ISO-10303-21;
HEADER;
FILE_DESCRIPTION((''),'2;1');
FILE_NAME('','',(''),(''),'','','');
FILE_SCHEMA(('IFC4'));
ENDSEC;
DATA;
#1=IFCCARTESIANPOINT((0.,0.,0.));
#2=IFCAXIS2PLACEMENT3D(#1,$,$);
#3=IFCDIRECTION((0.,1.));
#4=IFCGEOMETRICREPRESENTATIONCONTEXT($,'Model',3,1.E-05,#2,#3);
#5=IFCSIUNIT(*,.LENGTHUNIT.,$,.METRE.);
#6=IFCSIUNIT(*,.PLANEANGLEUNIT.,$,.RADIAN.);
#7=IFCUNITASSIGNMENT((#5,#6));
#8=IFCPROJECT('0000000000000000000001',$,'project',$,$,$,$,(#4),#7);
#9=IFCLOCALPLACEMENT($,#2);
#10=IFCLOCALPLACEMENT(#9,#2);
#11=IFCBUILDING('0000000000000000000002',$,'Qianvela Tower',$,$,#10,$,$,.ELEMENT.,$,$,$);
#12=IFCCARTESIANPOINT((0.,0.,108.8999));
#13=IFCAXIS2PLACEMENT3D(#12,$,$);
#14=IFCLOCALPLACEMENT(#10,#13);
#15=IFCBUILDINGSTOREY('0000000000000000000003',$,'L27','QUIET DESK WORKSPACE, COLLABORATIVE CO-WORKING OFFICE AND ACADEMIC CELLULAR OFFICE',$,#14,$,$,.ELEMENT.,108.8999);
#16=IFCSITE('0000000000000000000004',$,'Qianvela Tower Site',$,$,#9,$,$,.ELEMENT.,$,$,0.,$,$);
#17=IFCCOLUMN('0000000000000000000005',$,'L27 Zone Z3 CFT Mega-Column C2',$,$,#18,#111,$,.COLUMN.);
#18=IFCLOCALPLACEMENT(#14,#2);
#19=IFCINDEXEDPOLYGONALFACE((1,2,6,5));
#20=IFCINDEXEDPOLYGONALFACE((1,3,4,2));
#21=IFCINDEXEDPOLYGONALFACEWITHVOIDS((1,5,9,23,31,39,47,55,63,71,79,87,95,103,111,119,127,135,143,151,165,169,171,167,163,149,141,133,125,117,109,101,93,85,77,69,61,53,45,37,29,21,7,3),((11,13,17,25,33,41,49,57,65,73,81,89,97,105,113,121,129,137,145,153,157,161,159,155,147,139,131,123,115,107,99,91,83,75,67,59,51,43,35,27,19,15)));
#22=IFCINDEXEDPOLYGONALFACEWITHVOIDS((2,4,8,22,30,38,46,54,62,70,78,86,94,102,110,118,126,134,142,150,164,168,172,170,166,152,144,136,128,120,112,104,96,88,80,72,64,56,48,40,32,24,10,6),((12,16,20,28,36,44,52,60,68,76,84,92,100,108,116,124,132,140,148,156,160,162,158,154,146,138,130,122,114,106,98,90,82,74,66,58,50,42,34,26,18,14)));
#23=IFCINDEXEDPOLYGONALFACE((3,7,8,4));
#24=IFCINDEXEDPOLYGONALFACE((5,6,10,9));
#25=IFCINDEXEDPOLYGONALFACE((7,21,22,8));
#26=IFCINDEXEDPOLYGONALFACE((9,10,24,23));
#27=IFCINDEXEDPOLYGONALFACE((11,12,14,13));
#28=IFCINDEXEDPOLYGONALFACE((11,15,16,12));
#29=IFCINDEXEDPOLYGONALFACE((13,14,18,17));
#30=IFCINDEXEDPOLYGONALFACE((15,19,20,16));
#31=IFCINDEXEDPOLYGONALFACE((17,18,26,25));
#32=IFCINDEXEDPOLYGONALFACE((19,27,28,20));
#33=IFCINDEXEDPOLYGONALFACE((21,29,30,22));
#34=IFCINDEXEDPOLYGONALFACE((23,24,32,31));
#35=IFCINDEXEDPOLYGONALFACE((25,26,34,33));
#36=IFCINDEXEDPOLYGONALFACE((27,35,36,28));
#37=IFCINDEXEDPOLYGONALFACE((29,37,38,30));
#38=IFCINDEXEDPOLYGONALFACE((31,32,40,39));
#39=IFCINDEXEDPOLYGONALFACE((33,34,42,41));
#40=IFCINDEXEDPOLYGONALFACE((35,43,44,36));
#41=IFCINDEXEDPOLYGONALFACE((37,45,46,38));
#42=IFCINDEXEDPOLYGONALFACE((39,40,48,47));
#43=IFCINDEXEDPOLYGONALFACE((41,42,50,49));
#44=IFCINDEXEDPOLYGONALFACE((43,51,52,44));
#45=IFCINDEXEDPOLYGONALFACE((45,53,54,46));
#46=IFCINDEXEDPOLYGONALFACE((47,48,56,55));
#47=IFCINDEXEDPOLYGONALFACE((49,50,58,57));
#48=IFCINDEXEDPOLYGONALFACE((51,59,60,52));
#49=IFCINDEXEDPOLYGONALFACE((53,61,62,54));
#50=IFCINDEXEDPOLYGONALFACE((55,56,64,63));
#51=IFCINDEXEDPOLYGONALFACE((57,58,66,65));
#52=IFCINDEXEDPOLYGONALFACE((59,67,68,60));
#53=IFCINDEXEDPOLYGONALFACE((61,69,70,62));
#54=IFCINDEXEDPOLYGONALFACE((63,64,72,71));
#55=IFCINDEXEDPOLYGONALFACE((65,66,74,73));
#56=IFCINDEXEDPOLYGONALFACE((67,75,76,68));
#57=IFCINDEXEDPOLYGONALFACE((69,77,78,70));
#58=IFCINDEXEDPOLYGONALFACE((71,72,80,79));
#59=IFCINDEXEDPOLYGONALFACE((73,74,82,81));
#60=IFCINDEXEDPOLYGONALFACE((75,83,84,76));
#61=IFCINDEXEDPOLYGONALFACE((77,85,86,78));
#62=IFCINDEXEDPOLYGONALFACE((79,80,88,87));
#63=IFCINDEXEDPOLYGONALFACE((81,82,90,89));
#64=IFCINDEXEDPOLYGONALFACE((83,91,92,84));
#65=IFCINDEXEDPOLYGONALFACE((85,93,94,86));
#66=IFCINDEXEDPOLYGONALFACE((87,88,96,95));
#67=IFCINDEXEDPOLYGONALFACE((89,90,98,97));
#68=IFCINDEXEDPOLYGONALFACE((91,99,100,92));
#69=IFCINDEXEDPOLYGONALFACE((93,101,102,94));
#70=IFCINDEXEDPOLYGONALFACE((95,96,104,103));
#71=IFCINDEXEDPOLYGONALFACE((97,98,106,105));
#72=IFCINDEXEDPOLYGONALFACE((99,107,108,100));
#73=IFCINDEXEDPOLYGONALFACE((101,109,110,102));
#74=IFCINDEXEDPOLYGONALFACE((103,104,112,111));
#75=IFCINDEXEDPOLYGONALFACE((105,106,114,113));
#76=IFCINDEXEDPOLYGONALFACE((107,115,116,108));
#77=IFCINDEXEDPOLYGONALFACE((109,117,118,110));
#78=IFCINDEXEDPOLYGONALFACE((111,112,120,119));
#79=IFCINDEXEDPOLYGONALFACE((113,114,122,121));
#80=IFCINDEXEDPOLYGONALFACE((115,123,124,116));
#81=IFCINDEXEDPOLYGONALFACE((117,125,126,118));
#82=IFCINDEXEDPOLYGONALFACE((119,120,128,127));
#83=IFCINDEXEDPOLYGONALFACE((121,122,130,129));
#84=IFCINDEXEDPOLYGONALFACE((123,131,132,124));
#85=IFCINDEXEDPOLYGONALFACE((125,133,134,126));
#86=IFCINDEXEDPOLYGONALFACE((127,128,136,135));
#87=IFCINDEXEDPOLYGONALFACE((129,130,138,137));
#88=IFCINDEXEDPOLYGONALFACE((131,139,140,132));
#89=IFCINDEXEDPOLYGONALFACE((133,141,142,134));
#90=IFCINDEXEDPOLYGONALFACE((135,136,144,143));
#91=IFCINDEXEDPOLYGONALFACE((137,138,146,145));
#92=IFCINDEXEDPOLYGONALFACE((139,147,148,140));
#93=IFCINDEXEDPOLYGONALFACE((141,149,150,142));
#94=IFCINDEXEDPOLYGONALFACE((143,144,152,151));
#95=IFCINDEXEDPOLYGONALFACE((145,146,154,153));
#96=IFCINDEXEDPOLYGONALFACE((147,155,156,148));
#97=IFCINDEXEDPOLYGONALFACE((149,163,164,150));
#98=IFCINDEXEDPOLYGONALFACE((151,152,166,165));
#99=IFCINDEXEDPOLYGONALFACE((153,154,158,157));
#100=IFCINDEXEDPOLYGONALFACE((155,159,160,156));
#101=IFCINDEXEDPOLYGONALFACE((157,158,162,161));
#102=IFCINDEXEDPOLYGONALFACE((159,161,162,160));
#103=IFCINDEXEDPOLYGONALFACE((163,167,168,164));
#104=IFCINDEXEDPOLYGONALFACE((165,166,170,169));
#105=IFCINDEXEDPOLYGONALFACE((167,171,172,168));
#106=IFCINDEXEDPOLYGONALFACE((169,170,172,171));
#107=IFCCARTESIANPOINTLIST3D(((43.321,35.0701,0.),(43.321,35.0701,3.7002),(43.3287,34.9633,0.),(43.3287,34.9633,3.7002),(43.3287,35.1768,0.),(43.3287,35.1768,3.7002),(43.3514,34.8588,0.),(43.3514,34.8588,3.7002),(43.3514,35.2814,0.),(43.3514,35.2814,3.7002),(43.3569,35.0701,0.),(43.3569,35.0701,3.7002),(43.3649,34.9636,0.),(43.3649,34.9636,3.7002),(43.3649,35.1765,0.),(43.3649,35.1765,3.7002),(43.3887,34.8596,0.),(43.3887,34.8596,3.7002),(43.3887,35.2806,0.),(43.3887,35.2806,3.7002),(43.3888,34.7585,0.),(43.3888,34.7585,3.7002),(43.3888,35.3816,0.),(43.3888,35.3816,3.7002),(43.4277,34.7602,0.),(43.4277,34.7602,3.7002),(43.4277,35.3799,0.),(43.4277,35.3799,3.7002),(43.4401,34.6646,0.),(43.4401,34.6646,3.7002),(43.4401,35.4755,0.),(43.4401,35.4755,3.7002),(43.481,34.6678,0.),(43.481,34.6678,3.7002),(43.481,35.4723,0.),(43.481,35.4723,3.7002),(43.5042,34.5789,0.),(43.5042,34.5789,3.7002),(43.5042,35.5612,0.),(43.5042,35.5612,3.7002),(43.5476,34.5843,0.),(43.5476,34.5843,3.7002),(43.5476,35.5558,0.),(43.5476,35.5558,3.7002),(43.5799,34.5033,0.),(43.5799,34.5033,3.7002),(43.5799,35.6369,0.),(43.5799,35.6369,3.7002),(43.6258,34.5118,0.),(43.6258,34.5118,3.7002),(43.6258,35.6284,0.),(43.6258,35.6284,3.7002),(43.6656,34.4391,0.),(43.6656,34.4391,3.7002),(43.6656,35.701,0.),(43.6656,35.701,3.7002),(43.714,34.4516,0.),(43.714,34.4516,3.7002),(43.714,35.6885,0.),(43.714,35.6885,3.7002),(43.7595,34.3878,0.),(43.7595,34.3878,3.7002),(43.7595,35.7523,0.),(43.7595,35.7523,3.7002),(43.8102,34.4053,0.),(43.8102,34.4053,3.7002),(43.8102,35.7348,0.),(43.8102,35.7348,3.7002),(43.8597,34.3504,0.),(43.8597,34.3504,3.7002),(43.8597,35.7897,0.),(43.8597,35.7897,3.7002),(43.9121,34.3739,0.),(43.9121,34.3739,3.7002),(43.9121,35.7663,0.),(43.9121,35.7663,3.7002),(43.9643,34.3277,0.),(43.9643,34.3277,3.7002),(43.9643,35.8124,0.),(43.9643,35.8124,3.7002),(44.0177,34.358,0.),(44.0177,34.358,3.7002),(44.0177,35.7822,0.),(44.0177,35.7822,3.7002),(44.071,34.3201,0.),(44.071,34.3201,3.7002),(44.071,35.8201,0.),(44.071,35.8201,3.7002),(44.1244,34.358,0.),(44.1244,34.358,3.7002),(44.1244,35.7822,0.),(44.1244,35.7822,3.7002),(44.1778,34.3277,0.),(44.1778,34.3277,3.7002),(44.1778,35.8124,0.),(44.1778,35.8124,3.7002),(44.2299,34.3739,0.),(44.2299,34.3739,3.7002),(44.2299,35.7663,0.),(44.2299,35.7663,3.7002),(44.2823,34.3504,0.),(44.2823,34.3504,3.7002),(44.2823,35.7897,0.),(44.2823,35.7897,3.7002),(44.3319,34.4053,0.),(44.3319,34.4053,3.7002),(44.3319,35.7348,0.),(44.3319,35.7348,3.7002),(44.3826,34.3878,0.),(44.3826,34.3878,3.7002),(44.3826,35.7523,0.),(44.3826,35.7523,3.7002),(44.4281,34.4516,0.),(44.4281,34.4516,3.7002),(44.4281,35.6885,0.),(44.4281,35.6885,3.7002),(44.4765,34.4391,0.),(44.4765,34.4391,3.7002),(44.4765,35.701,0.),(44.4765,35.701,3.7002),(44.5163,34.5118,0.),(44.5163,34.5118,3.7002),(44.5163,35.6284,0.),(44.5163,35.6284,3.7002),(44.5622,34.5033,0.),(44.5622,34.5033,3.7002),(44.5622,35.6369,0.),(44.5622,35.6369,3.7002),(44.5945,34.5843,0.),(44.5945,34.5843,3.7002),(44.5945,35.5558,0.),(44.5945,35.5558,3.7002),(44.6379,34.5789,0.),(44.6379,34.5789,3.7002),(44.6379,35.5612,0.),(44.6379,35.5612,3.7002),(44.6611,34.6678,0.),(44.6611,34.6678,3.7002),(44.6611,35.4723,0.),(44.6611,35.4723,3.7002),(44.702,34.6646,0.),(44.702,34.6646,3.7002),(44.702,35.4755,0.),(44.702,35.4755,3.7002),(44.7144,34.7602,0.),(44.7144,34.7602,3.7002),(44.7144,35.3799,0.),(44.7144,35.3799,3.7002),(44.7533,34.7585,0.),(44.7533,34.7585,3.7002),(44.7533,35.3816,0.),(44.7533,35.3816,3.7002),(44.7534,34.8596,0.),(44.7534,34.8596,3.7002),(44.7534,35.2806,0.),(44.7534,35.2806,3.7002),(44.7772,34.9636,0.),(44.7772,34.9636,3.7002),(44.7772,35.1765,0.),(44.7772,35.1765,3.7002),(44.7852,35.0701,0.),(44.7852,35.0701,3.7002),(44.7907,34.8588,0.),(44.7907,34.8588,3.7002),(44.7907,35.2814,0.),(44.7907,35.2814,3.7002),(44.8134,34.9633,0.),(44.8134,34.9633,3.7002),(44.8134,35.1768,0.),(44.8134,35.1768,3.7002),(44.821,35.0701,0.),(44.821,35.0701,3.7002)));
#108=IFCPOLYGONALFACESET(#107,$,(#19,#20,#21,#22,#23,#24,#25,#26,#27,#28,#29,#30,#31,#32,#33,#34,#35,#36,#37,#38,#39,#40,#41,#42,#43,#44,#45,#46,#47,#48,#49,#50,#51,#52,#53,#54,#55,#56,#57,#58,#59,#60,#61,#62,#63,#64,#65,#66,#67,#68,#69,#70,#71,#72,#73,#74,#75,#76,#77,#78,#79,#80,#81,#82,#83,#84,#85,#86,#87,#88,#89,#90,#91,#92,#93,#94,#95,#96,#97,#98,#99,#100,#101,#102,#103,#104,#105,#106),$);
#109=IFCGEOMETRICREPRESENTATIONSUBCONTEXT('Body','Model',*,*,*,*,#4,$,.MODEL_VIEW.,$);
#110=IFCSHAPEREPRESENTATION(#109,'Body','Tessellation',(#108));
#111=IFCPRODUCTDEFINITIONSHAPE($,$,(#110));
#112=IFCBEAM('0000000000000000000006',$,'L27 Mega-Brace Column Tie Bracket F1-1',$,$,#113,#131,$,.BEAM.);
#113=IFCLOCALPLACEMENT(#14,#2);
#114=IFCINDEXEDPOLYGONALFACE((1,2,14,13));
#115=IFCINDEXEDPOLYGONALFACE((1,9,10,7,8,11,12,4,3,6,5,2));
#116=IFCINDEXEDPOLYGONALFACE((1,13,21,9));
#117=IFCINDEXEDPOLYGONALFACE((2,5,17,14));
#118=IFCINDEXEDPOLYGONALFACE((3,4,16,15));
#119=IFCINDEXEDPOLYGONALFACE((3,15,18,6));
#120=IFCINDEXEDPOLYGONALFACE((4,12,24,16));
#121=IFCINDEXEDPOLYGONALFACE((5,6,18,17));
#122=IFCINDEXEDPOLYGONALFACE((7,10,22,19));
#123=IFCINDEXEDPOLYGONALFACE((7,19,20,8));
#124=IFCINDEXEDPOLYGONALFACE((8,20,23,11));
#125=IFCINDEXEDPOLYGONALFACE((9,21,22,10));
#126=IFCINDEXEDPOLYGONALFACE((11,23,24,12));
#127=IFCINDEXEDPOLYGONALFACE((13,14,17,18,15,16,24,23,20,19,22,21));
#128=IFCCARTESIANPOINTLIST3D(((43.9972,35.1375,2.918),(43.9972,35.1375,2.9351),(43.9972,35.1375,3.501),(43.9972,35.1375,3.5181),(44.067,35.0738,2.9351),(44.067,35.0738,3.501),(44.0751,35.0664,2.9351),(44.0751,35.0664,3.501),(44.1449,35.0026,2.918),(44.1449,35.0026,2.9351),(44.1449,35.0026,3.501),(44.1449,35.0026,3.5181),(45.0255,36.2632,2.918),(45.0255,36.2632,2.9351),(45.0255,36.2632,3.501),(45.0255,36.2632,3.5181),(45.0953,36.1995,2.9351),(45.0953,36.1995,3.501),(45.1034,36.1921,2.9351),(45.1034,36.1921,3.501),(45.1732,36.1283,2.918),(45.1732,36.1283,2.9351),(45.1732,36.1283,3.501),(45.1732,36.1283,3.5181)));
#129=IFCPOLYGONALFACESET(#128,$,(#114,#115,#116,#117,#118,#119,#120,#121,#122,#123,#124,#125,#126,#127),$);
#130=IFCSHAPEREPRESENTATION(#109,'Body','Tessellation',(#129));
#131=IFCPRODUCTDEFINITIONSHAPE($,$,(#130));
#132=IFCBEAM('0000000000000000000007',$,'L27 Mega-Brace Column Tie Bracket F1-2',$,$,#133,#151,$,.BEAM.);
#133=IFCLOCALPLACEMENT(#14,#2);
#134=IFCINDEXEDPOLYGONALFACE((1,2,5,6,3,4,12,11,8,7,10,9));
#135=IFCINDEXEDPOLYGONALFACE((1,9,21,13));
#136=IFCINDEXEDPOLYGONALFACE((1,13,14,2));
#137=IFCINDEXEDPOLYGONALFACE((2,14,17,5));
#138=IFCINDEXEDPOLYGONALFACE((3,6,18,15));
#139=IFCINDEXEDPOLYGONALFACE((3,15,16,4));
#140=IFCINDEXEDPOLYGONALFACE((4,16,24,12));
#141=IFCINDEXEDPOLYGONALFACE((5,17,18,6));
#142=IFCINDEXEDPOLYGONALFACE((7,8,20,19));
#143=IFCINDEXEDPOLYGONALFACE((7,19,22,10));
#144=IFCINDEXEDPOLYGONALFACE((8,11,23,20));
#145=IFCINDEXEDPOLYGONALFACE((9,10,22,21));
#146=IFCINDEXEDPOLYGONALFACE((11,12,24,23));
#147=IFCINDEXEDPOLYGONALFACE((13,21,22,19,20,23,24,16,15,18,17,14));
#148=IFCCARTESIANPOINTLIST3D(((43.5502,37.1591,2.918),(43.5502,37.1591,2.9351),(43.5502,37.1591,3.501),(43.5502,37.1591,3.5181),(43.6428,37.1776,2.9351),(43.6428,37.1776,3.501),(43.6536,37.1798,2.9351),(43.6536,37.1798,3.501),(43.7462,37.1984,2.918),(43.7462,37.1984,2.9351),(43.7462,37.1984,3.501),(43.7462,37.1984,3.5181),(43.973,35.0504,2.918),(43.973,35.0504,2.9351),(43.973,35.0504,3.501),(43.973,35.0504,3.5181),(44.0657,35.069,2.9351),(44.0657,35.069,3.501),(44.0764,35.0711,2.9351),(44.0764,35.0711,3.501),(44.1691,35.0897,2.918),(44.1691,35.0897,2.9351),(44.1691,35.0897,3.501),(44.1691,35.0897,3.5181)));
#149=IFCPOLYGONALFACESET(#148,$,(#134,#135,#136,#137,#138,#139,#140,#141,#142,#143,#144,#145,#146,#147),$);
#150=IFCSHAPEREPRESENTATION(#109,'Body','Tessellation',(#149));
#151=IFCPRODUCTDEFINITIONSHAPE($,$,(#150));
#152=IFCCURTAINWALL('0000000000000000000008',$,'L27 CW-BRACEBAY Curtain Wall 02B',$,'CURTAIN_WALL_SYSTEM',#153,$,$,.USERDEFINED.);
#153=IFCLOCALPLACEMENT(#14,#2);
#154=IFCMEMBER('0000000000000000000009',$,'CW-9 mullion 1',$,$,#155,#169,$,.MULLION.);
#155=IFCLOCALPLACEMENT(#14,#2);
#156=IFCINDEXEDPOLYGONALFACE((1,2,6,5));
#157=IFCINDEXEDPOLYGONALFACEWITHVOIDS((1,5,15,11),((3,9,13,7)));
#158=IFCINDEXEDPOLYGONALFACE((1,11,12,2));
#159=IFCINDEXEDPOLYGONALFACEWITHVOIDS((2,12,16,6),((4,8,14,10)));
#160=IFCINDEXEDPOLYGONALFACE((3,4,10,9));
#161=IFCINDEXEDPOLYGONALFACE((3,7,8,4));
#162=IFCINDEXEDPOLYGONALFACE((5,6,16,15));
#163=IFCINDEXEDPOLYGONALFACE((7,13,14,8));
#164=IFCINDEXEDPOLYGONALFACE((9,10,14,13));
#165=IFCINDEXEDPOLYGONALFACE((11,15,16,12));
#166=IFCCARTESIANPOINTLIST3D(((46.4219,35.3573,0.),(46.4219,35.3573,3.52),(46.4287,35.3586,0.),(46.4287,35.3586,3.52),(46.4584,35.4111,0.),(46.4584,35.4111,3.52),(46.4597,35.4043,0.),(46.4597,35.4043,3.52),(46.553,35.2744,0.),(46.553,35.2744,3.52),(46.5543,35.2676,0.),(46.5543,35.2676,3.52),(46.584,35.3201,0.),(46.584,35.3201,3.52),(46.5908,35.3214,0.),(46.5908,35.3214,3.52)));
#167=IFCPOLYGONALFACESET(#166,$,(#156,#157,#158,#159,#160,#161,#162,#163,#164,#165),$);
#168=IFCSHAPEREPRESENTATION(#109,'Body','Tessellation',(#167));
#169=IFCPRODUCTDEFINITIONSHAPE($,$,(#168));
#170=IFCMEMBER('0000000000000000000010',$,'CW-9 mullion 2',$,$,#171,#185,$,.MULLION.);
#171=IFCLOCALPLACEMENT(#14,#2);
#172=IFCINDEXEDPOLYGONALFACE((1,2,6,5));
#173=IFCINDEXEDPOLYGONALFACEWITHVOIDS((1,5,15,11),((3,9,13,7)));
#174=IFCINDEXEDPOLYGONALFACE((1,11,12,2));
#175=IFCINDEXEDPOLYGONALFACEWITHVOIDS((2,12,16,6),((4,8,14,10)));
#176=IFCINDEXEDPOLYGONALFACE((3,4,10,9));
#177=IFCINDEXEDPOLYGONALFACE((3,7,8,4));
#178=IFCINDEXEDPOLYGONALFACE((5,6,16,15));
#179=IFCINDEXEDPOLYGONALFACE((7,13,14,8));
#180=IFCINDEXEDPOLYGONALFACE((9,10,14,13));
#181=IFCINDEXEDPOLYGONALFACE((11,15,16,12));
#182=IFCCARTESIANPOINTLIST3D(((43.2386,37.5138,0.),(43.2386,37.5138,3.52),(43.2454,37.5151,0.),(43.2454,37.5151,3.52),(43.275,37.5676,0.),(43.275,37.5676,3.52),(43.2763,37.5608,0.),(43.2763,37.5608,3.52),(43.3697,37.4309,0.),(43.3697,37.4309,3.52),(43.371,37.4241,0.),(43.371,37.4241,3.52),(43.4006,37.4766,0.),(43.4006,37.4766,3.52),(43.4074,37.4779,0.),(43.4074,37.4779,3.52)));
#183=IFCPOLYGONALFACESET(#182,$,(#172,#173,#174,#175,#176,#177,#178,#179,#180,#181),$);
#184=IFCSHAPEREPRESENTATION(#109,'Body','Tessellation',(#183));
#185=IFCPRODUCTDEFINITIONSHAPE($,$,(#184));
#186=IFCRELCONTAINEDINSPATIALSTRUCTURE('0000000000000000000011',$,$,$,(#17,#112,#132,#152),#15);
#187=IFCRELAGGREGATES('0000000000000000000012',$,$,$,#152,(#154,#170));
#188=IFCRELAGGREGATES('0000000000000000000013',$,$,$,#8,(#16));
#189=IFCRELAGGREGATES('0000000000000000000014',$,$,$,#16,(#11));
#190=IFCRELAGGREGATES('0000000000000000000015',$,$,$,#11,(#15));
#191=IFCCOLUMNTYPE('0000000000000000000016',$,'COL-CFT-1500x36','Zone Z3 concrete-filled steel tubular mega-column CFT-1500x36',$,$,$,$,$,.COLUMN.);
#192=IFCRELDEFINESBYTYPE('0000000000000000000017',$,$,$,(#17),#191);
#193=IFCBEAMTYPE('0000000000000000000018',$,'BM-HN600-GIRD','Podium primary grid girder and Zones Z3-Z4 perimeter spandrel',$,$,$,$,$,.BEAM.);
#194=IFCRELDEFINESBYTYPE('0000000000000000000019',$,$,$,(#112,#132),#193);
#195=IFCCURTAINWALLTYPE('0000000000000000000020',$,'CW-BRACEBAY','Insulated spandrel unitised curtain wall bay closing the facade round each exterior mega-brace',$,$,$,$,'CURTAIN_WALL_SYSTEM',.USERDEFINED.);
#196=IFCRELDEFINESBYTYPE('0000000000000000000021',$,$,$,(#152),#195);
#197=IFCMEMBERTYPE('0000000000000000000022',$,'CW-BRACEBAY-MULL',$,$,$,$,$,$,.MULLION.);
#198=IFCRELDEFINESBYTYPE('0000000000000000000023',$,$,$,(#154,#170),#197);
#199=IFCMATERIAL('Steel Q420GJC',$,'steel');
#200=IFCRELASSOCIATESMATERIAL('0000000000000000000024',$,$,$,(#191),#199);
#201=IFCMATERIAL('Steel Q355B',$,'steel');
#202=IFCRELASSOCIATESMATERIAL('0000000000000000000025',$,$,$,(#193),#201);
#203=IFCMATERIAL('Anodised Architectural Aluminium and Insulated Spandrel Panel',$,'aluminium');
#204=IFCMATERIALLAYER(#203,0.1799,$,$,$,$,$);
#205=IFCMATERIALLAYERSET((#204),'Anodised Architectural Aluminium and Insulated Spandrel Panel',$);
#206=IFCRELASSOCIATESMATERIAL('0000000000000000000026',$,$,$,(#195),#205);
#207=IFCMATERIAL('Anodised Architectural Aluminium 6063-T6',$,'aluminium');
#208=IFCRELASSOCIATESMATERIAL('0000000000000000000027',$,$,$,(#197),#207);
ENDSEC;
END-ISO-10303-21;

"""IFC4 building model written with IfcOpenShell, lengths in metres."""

from ifc_helpers import new_model, si_unit, direction, frame, origin, origin_2d, place, context, subcontext, project, spatial, hollow_rectangle, hollow_circle, i_section, extrude, material, layer, layer_set, material_profile, profile_set, type_object, element, aggregate, save


model = new_model("IFC4")

# Units and contexts
model_context = context("Model", 3, precision=1e-05, world=origin(), true_north=direction((0.0, 1.0)))
body_context = subcontext(model_context, "Body", "Model", "MODEL_VIEW")
ifc_project = project(units=[si_unit("LENGTHUNIT", "METRE"), si_unit("PLANEANGLEUNIT", "RADIAN")], contexts=[model_context])

# Site, building, storey
site_placement = place(None, origin())
site = spatial("IfcSite", under=ifc_project, at=site_placement, Name="Qianvela Tower Site", CompositionType="ELEMENT", RefElevation=0.0)
building_placement = place(site_placement, origin())
building = spatial("IfcBuilding", under=site, at=building_placement, Name="Qianvela Tower", CompositionType="ELEMENT")
storey_placement = place(building_placement, frame((0.0, 0.0, 108.8999)))
storey = spatial("IfcBuildingStorey", under=building, at=storey_placement, Name="L27", Description="QUIET DESK WORKSPACE, COLLABORATIVE CO-WORKING OFFICE AND ACADEMIC CELLULAR OFFICE", CompositionType="ELEMENT", Elevation=108.8999)

# Column
ifc_material_1 = material(Name="Steel Q420GJC", Category="steel")
ifc_material_profile_1 = material_profile(ifc_material_1, hollow_circle(Radius=0.75, WallThickness=0.0359, at=origin_2d()), Name="CFT-1500x36")
ifc_profile_set_1 = profile_set([ifc_material_profile_1], Name="Steel Q420GJC")
column_type = type_object("IfcColumnType", Name="COL-CFT-1500x36", Description="Zone Z3 concrete-filled steel tubular mega-column CFT-1500x36", PredefinedType="COLUMN", material=ifc_profile_set_1)
column_placement = place(storey_placement, frame((44.071, 35.0701, 0.0), z_axis=(0.0, 0.0, 1.0), x_axis=(1.0, 0.0, 0.0)))
element("IfcColumn", 1, at=column_placement, inside=storey, type_object=column_type, Name="L27 Zone Z3 CFT Mega-Column C2", PredefinedType="COLUMN", context=body_context, shape_type="SweptSolid", body=[
    extrude(hollow_circle(Radius=0.75, WallThickness=0.0359, at=origin_2d()), origin(), (0.0, 0.0, 1.0), 3.7002),
])

# Beams
ifc_material_2 = material(Name="Steel Q355B", Category="steel")
ifc_material_profile_2 = material_profile(ifc_material_2, i_section(OverallWidth=0.2, OverallDepth=0.6001, WebThickness=0.011, FlangeThickness=0.0171, at=origin_2d()), Name="HN600x200x11x17")
ifc_profile_set_2 = profile_set([ifc_material_profile_2], Name="Steel Q355B")
beam_type = type_object("IfcBeamType", Name="BM-HN600-GIRD", Description="Podium primary grid girder and Zones Z3-Z4 perimeter spandrel", PredefinedType="BEAM", material=ifc_profile_set_2)
beam_1_placement = place(storey_placement, frame((44.071, 35.0701, 3.218), z_axis=(0.67444, 0.738329, 0.0), x_axis=(-0.738329, 0.67444, 0.0)))
element("IfcBeam", 2, at=beam_1_placement, inside=storey, type_object=beam_type, Name="L27 Mega-Brace Column Tie Bracket F1-1", PredefinedType="BEAM", context=body_context, shape_type="SweptSolid", body=[
    extrude(i_section(OverallWidth=0.2, OverallDepth=0.6001, WebThickness=0.011, FlangeThickness=0.0171, at=origin_2d()), origin(), (0.0, 0.0, 1.0), 1.5247),
])
beam_2_placement = place(storey_placement, frame((44.071, 35.0701, 3.218), z_axis=(-0.196618, 0.98048, 0.0), x_axis=(-0.98048, -0.196618, 0.0)))
element("IfcBeam", 3, at=beam_2_placement, inside=storey, type_object=beam_type, Name="L27 Mega-Brace Column Tie Bracket F1-2", PredefinedType="BEAM", context=body_context, shape_type="SweptSolid", body=[
    extrude(i_section(OverallWidth=0.2, OverallDepth=0.6001, WebThickness=0.011, FlangeThickness=0.0171, at=origin_2d()), origin(), (0.0, 0.0, 1.0), 2.1506),
])

# Curtain wall, members
ifc_material_3 = material(Name="Anodised Architectural Aluminium and Insulated Spandrel Panel", Category="aluminium")
ifc_layer_1 = layer(ifc_material_3, 0.1799)
ifc_layer_set_1 = layer_set([ifc_layer_1], Name="Anodised Architectural Aluminium and Insulated Spandrel Panel")
curtain_wall_type_1 = type_object("IfcCurtainWallType", Name="CW-BRACEBAY", Description="Insulated spandrel unitised curtain wall bay closing the facade round each exterior mega-brace", ElementType="CURTAIN_WALL_SYSTEM", PredefinedType="USERDEFINED", material=ifc_layer_set_1)
curtain_wall_1_placement = place(storey_placement, origin())
curtain_wall_1 = element("IfcCurtainWall", 4, at=curtain_wall_1_placement, inside=storey, type_object=curtain_wall_type_1, Name="L27 CW-BRACEBAY Curtain Wall 02B", ObjectType="CURTAIN_WALL_SYSTEM", PredefinedType="USERDEFINED")
ifc_material_4 = material(Name="Anodised Architectural Aluminium 6063-T6", Category="aluminium")
ifc_material_profile_3 = material_profile(ifc_material_4, hollow_rectangle(XDim=0.0649, YDim=0.1599, WallThickness=0.0049, at=origin_2d()), Name="ALU-MULL-65x160")
ifc_profile_set_3 = profile_set([ifc_material_profile_3], Name="Anodised Architectural Aluminium 6063-T6")
member_type_1 = type_object("IfcMemberType", Name="CW-BRACEBAY-MULL", PredefinedType="MULLION", material=ifc_profile_set_3)
member_1_placement = place(storey_placement, frame((46.5063, 35.3394, 0.0), z_axis=(0.0, 0.0, 1.0), x_axis=(-0.560811, -0.827944, 0.0)))
member_1 = element("IfcMember", 5, at=member_1_placement, type_object=member_type_1, Name="CW-9 mullion 1", PredefinedType="MULLION", context=body_context, shape_type="SweptSolid", body=[
    extrude(hollow_rectangle(XDim=0.0649, YDim=0.1599, WallThickness=0.0049, at=origin_2d()), origin(), (0.0, 0.0, 1.0), 3.52),
])
member_2_placement = place(storey_placement, frame((43.323, 37.4958, 0.0), z_axis=(0.0, 0.0, 1.0), x_axis=(-0.560811, -0.827944, 0.0)))
member_2 = element("IfcMember", 6, at=member_2_placement, type_object=member_type_1, Name="CW-9 mullion 2", PredefinedType="MULLION", context=body_context, shape_type="SweptSolid", body=[
    extrude(hollow_rectangle(XDim=0.0649, YDim=0.1599, WallThickness=0.0049, at=origin_2d()), origin(), (0.0, 0.0, 1.0), 3.52),
])

aggregate(curtain_wall_1, [member_1, member_2])

save(model, "model.ifc")
